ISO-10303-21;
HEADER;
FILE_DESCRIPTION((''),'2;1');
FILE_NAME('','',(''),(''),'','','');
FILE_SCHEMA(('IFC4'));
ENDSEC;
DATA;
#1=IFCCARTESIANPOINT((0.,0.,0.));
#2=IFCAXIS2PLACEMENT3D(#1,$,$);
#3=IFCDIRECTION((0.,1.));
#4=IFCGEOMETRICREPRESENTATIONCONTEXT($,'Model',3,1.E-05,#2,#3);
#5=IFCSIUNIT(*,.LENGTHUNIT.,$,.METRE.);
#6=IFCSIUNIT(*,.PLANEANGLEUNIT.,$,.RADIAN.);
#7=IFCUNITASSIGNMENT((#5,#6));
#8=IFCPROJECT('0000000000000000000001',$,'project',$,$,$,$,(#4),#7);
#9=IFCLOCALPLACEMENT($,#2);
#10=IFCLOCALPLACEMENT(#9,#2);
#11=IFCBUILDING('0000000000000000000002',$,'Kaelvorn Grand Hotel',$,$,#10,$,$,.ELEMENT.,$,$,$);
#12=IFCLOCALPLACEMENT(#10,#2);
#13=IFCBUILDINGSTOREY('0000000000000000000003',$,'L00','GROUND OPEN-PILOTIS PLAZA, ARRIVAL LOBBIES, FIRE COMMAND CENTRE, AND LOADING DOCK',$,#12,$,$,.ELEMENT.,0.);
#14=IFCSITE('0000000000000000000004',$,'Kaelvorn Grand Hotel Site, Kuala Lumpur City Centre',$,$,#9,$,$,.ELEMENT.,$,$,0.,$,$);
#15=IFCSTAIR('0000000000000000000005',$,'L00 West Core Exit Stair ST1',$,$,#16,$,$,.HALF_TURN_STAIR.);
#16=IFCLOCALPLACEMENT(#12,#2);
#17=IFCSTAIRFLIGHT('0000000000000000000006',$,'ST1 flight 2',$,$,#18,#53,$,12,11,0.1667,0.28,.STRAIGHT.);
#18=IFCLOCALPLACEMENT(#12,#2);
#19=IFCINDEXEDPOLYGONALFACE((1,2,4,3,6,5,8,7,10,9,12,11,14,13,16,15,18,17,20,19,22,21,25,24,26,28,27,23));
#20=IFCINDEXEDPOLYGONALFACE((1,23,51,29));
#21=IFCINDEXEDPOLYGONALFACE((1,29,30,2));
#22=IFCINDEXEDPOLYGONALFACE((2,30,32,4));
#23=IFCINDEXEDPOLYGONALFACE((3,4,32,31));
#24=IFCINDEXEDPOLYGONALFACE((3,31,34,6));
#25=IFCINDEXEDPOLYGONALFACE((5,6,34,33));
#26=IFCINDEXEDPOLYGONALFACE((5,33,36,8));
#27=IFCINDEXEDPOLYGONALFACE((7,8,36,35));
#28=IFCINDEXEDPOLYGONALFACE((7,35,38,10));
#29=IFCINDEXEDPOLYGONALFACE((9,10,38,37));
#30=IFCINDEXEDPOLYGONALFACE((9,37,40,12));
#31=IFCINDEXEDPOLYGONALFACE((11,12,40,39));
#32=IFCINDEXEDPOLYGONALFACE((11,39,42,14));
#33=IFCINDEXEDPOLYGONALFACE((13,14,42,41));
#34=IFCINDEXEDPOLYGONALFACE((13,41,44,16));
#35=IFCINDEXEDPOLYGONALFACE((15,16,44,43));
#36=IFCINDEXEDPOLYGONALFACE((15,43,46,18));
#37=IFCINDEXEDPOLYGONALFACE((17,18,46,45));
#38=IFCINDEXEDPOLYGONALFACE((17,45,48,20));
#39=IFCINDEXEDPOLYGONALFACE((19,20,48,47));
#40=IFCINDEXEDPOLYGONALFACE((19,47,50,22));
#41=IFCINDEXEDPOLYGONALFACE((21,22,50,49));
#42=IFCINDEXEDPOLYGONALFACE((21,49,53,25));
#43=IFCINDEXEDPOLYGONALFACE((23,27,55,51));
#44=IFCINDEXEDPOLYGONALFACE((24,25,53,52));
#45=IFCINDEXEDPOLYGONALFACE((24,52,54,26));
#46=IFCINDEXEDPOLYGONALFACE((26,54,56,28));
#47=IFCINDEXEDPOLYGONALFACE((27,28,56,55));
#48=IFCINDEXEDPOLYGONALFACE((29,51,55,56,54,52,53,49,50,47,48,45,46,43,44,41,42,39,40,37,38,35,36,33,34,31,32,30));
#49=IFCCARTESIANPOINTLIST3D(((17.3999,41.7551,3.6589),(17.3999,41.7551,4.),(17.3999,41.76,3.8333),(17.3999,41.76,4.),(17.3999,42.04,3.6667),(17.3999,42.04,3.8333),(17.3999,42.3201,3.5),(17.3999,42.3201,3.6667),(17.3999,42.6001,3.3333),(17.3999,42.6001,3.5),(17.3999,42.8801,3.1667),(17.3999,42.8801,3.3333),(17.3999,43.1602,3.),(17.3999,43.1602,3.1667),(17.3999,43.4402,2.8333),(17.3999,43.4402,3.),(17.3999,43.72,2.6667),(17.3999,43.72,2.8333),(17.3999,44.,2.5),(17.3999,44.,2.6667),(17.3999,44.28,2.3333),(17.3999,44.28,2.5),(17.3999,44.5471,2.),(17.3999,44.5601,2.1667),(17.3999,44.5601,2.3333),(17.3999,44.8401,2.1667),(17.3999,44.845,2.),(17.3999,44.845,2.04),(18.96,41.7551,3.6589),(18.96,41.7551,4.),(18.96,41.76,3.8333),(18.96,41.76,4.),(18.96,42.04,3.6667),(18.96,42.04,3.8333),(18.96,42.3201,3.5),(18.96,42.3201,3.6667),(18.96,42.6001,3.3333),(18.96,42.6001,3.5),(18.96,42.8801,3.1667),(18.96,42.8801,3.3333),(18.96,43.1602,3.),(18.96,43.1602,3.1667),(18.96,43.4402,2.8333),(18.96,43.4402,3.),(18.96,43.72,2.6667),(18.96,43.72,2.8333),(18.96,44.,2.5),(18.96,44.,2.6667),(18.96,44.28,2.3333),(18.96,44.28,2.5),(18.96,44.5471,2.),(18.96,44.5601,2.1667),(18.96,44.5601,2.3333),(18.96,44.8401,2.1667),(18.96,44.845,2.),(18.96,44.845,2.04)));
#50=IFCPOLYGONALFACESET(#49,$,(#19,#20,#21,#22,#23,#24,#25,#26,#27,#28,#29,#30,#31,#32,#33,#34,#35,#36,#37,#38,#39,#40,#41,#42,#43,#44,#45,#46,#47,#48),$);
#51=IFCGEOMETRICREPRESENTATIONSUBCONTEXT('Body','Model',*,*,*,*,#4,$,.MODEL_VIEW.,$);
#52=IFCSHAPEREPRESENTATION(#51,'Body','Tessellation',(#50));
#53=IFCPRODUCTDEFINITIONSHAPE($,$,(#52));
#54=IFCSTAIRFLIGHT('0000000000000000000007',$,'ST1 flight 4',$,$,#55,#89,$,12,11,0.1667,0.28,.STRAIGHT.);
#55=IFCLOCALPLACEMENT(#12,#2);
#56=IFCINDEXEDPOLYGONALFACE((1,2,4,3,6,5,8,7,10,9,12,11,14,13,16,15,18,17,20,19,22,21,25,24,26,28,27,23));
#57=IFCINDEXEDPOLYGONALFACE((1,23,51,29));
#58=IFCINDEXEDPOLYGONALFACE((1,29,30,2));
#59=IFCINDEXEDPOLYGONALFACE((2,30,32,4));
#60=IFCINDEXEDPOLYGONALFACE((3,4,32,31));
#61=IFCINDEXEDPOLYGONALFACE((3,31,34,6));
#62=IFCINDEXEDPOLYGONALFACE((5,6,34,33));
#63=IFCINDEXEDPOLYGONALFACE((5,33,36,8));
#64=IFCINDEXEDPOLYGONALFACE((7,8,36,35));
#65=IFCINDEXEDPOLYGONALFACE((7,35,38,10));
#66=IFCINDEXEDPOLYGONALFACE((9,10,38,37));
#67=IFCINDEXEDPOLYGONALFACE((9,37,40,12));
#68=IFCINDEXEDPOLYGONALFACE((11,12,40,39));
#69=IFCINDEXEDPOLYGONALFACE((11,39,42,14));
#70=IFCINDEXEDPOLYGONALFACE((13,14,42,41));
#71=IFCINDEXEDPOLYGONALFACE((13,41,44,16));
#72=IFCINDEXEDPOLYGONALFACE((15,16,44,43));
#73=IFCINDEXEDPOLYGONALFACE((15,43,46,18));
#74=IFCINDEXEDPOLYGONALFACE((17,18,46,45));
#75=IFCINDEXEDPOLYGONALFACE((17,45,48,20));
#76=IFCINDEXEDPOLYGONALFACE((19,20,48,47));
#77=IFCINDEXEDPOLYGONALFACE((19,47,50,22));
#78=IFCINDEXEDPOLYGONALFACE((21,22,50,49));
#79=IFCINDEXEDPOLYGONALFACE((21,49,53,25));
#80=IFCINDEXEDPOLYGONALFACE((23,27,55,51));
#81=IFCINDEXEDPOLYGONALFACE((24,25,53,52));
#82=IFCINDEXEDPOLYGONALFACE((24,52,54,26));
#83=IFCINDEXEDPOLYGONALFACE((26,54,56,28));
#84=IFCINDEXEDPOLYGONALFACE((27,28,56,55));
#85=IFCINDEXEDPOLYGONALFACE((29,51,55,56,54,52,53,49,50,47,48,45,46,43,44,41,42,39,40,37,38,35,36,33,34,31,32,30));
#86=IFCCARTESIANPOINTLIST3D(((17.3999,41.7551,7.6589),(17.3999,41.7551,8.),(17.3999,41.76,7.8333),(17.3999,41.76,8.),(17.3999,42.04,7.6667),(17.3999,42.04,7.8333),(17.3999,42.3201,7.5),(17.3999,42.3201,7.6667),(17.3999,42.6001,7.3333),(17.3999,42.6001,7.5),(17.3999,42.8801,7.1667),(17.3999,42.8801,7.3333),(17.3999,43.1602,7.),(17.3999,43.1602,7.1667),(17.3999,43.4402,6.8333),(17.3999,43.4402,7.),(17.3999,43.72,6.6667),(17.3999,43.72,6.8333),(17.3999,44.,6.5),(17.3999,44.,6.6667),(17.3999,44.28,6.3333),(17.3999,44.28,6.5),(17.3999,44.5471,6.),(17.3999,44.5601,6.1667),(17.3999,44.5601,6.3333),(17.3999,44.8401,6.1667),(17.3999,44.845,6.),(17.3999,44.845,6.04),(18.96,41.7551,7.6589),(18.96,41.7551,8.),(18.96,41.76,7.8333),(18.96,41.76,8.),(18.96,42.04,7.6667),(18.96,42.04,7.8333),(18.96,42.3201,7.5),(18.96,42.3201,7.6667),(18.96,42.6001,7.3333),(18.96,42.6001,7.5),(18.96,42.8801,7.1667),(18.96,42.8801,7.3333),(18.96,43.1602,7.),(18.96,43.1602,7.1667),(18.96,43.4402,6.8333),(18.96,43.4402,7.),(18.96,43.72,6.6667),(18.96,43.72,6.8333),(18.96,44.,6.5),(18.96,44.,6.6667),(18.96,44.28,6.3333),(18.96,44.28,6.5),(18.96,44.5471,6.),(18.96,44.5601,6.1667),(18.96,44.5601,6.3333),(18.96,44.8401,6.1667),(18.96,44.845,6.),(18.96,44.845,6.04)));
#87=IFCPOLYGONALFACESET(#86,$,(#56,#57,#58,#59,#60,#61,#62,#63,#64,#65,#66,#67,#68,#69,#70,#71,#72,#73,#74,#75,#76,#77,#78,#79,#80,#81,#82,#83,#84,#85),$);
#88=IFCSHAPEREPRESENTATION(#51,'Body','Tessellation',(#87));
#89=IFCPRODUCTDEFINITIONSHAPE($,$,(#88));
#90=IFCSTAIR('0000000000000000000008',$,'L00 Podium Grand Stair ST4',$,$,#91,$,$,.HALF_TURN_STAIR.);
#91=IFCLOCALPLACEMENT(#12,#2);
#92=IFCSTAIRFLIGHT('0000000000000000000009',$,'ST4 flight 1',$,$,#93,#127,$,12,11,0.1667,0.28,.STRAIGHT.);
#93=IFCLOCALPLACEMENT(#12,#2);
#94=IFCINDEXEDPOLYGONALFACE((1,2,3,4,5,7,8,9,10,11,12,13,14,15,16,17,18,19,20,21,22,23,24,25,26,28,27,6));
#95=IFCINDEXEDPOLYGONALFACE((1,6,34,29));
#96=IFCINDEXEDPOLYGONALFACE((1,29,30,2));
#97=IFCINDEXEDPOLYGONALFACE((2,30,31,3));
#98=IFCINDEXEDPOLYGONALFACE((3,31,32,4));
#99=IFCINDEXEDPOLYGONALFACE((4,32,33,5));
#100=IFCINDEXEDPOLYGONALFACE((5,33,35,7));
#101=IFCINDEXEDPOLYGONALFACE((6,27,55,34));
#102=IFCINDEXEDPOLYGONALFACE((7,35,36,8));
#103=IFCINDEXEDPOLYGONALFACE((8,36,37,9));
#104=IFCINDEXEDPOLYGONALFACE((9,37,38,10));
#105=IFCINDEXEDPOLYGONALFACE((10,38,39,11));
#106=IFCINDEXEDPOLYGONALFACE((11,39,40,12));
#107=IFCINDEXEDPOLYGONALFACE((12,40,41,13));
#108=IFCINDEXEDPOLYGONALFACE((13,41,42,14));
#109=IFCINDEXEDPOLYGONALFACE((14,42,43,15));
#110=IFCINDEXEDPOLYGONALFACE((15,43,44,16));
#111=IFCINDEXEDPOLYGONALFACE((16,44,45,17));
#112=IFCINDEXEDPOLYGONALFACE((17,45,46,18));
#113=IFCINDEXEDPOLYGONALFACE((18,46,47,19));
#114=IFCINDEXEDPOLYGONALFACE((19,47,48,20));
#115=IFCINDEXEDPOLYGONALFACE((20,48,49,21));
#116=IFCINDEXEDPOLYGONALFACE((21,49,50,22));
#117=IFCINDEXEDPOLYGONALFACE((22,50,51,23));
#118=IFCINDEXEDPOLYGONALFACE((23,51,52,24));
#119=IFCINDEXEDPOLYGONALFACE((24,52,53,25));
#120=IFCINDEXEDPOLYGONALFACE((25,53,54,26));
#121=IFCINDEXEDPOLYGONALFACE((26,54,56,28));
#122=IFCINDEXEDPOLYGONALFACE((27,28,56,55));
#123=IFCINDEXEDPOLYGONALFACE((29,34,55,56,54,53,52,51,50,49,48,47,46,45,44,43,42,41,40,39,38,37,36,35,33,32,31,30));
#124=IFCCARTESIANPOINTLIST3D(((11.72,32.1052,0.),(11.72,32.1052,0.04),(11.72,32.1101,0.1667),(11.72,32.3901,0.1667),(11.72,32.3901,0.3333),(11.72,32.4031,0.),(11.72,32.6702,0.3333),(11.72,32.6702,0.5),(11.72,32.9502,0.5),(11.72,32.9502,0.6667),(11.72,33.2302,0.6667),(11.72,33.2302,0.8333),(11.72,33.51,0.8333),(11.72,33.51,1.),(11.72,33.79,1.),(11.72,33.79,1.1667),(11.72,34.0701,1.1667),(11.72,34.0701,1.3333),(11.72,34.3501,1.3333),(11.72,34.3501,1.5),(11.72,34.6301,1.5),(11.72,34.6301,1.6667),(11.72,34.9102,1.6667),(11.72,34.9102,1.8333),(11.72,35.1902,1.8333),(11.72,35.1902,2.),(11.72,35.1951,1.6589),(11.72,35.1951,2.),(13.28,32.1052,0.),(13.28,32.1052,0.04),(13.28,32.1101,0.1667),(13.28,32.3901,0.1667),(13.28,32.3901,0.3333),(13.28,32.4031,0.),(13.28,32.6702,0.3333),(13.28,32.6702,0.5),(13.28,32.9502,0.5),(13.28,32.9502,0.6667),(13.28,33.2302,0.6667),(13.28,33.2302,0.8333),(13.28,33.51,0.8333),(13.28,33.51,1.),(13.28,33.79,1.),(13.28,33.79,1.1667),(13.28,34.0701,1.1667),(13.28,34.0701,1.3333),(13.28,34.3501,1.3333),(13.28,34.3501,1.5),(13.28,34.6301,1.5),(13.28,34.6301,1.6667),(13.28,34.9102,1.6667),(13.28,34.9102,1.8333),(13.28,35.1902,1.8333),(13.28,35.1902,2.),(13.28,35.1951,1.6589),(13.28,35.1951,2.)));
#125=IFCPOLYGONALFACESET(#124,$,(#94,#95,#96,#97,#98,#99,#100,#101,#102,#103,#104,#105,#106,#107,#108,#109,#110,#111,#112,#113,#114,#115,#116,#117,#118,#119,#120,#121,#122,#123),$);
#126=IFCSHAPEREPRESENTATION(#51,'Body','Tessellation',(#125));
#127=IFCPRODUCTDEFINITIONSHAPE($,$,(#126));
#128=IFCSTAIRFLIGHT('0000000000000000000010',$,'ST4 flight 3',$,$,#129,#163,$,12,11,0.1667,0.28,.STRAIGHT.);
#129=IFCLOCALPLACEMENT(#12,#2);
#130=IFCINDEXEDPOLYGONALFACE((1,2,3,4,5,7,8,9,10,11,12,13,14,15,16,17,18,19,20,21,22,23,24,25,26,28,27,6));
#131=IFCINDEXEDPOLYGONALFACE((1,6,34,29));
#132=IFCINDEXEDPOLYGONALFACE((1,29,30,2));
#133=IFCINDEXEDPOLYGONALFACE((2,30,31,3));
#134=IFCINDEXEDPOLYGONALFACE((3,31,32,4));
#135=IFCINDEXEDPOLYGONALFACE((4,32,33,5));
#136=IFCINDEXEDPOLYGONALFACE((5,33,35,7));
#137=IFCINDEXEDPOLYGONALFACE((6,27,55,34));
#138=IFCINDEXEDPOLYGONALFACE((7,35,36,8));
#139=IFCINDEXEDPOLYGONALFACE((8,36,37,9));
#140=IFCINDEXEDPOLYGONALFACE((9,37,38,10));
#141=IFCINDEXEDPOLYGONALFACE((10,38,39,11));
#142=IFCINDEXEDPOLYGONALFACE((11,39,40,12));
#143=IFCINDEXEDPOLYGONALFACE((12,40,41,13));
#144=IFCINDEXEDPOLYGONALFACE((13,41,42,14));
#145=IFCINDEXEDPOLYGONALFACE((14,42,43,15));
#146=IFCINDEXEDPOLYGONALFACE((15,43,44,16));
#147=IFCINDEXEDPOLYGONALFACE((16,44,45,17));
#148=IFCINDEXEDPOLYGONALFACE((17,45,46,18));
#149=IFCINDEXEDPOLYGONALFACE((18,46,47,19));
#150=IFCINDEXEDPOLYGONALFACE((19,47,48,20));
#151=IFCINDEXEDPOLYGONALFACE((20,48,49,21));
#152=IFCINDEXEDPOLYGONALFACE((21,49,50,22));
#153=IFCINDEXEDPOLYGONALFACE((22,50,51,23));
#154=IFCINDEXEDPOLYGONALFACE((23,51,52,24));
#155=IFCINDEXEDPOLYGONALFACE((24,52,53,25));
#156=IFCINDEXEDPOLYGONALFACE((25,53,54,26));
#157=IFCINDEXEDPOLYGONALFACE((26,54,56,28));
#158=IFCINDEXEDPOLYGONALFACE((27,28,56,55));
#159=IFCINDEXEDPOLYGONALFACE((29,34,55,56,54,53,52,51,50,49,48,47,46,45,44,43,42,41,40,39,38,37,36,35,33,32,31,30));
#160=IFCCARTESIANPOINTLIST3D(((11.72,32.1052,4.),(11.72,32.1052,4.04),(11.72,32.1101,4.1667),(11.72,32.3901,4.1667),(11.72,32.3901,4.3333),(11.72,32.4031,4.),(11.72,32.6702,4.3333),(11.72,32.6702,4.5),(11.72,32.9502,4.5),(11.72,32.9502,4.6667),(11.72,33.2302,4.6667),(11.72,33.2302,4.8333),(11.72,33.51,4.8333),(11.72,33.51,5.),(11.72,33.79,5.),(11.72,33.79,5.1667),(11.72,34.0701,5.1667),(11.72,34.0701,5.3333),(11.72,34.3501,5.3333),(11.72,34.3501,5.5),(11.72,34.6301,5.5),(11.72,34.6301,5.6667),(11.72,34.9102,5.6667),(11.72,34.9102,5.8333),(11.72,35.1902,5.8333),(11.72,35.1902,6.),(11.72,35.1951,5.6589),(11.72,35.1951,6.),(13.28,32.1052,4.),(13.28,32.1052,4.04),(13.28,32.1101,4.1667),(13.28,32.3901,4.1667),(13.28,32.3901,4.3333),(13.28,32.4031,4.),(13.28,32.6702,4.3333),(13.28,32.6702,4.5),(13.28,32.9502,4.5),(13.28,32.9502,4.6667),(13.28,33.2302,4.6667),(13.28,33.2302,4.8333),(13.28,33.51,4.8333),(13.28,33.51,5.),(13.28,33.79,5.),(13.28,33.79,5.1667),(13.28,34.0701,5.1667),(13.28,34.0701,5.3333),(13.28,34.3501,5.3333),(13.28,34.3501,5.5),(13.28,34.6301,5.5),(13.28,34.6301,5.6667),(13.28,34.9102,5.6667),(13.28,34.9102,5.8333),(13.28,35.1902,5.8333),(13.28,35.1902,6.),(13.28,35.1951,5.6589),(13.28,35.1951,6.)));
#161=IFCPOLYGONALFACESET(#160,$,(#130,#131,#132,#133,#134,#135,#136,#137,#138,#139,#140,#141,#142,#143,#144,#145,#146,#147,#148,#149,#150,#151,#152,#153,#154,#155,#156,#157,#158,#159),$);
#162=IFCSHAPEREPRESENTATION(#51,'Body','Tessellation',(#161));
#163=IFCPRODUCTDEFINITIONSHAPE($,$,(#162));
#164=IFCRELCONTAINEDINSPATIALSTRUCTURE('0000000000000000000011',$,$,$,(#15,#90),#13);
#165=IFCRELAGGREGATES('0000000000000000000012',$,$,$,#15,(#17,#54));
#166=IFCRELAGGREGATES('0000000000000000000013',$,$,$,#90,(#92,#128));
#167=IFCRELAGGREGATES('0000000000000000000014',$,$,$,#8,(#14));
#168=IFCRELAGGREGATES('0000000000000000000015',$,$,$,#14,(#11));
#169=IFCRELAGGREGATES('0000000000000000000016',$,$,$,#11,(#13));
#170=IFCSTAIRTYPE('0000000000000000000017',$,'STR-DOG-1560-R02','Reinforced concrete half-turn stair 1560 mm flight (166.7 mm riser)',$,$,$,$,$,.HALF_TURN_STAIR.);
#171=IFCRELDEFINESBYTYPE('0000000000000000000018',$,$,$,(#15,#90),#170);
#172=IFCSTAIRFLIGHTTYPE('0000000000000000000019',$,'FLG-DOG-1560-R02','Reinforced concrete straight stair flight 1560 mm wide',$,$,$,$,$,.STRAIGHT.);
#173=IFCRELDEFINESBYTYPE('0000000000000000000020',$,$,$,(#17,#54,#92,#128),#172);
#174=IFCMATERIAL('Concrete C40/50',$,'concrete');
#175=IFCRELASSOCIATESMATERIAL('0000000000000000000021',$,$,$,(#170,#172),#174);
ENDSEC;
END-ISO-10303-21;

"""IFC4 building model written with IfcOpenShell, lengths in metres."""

from ifc_helpers import new_model, si_unit, direction, frame, origin, place, context, subcontext, project, spatial, polyline, outline, extrude, material, type_object, element, aggregate, save


model = new_model("IFC4")

# Units and contexts
model_context = context("Model", 3, precision=1e-05, world=origin(), true_north=direction((0.0, 1.0)))
body_context = subcontext(model_context, "Body", "Model", "MODEL_VIEW")
ifc_project = project(units=[si_unit("LENGTHUNIT", "METRE"), si_unit("PLANEANGLEUNIT", "RADIAN")], contexts=[model_context])

# Site, building, storey
site_placement = place(None, origin())
site = spatial("IfcSite", under=ifc_project, at=site_placement, Name="Kaelvorn Grand Hotel Site, Kuala Lumpur City Centre", CompositionType="ELEMENT", RefElevation=0.0)
building_placement = place(site_placement, origin())
building = spatial("IfcBuilding", under=site, at=building_placement, Name="Kaelvorn Grand Hotel", CompositionType="ELEMENT")
storey_placement = place(building_placement, origin())
storey = spatial("IfcBuildingStorey", under=building, at=storey_placement, Name="L00", Description="GROUND OPEN-PILOTIS PLAZA, ARRIVAL LOBBIES, FIRE COMMAND CENTRE, AND LOADING DOCK", CompositionType="ELEMENT", Elevation=0.0)

# Shared definitions
ifc_material_1 = material(Name="Concrete C40/50", Category="concrete")

# Stairs, stair flights
stair_type = type_object("IfcStairType", Name="STR-DOG-1560-R02", Description="Reinforced concrete half-turn stair 1560 mm flight (166.7 mm riser)", PredefinedType="HALF_TURN_STAIR", material=ifc_material_1)
stair_1_placement = place(storey_placement, origin())
stair_1 = element("IfcStair", 1, at=stair_1_placement, inside=storey, type_object=stair_type, Name="L00 West Core Exit Stair ST1", PredefinedType="HALF_TURN_STAIR")
stair_flight_type = type_object("IfcStairFlightType", Name="FLG-DOG-1560-R02", Description="Reinforced concrete straight stair flight 1560 mm wide", PredefinedType="STRAIGHT", material=ifc_material_1)
stair_flight_1_placement = place(storey_placement, frame((18.1799, 44.8401, 2.0), z_axis=(0.0, 0.0, 1.0), x_axis=(0.0, -1.0, 0.0)))
stair_flight_1 = element("IfcStairFlight", 2, at=stair_flight_1_placement, type_object=stair_flight_type, Name="ST1 flight 2", NumberOfRisers=12, NumberOfTreads=11, PredefinedType="STRAIGHT", RiserHeight=0.1667, TreadLength=0.28, context=body_context, shape_type="SweptSolid", body=[
    extrude(outline(polyline([(-0.0049, 0.0), (-0.0049, 0.04), (0.0, 0.1667), (0.28, 0.1667), (0.28, 0.3333), (0.5601, 0.3333), (0.5601, 0.5), (0.8401, 0.5), (0.8401, 0.6667), (1.1201, 0.6667), (1.1201, 0.8333), (1.3999, 0.8333), (1.3999, 1.0), (1.6799, 1.0), (1.6799, 1.1667), (1.96, 1.1667), (1.96, 1.3333), (2.24, 1.3333), (2.24, 1.5), (2.52, 1.5), (2.52, 1.6667), (2.8, 1.6667), (2.8, 1.8333), (3.0801, 1.8333), (3.0801, 2.0), (3.085, 2.0), (3.085, 1.6589), (0.293, 0.0), (-0.0049, 0.0)])), frame((0.0, 0.78, 0.0), z_axis=(0.0, -1.0, 0.0), x_axis=(1.0, 0.0, 0.0)), (0.0, 0.0, 1.0), 1.5601),
])
stair_flight_2_placement = place(storey_placement, frame((18.1799, 44.8401, 6.0), z_axis=(0.0, 0.0, 1.0), x_axis=(0.0, -1.0, 0.0)))
stair_flight_2 = element("IfcStairFlight", 3, at=stair_flight_2_placement, type_object=stair_flight_type, Name="ST1 flight 4", NumberOfRisers=12, NumberOfTreads=11, PredefinedType="STRAIGHT", RiserHeight=0.1667, TreadLength=0.28, context=body_context, shape_type="SweptSolid", body=[
    extrude(outline(polyline([(-0.0049, 0.0), (-0.0049, 0.04), (0.0, 0.1667), (0.28, 0.1667), (0.28, 0.3333), (0.5601, 0.3333), (0.5601, 0.5), (0.8401, 0.5), (0.8401, 0.6667), (1.1201, 0.6667), (1.1201, 0.8333), (1.3999, 0.8333), (1.3999, 1.0), (1.6799, 1.0), (1.6799, 1.1667), (1.96, 1.1667), (1.96, 1.3333), (2.24, 1.3333), (2.24, 1.5), (2.52, 1.5), (2.52, 1.6667), (2.8, 1.6667), (2.8, 1.8333), (3.0801, 1.8333), (3.0801, 2.0), (3.085, 2.0), (3.085, 1.6589), (0.293, 0.0), (-0.0049, 0.0)])), frame((0.0, 0.78, 0.0), z_axis=(0.0, -1.0, 0.0), x_axis=(1.0, 0.0, 0.0)), (0.0, 0.0, 1.0), 1.5601),
])
aggregate(stair_1, [stair_flight_1, stair_flight_2])
stair_2_placement = place(storey_placement, origin())
stair_2 = element("IfcStair", 4, at=stair_2_placement, inside=storey, type_object=stair_type, Name="L00 Podium Grand Stair ST4", PredefinedType="HALF_TURN_STAIR")
stair_flight_3_placement = place(storey_placement, frame((12.5, 32.1101, 0.0), z_axis=(0.0, 0.0, 1.0), x_axis=(0.0, 1.0, 0.0)))
stair_flight_3 = element("IfcStairFlight", 5, at=stair_flight_3_placement, type_object=stair_flight_type, Name="ST4 flight 1", NumberOfRisers=12, NumberOfTreads=11, PredefinedType="STRAIGHT", RiserHeight=0.1667, TreadLength=0.28, context=body_context, shape_type="SweptSolid", body=[
    extrude(outline(polyline([(-0.0049, 0.0), (-0.0049, 0.04), (0.0, 0.1667), (0.28, 0.1667), (0.28, 0.3333), (0.5601, 0.3333), (0.5601, 0.5), (0.8401, 0.5), (0.8401, 0.6667), (1.1201, 0.6667), (1.1201, 0.8333), (1.3999, 0.8333), (1.3999, 1.0), (1.6799, 1.0), (1.6799, 1.1667), (1.96, 1.1667), (1.96, 1.3333), (2.24, 1.3333), (2.24, 1.5), (2.52, 1.5), (2.52, 1.6667), (2.8, 1.6667), (2.8, 1.8333), (3.0801, 1.8333), (3.0801, 2.0), (3.085, 2.0), (3.085, 1.6589), (0.293, 0.0), (-0.0049, 0.0)])), frame((0.0, 0.78, 0.0), z_axis=(0.0, -1.0, 0.0), x_axis=(1.0, 0.0, 0.0)), (0.0, 0.0, 1.0), 1.5601),
])
stair_flight_4_placement = place(storey_placement, frame((12.5, 32.1101, 4.0), z_axis=(0.0, 0.0, 1.0), x_axis=(0.0, 1.0, 0.0)))
stair_flight_4 = element("IfcStairFlight", 6, at=stair_flight_4_placement, type_object=stair_flight_type, Name="ST4 flight 3", NumberOfRisers=12, NumberOfTreads=11, PredefinedType="STRAIGHT", RiserHeight=0.1667, TreadLength=0.28, context=body_context, shape_type="SweptSolid", body=[
    extrude(outline(polyline([(-0.0049, 0.0), (-0.0049, 0.04), (0.0, 0.1667), (0.28, 0.1667), (0.28, 0.3333), (0.5601, 0.3333), (0.5601, 0.5), (0.8401, 0.5), (0.8401, 0.6667), (1.1201, 0.6667), (1.1201, 0.8333), (1.3999, 0.8333), (1.3999, 1.0), (1.6799, 1.0), (1.6799, 1.1667), (1.96, 1.1667), (1.96, 1.3333), (2.24, 1.3333), (2.24, 1.5), (2.52, 1.5), (2.52, 1.6667), (2.8, 1.6667), (2.8, 1.8333), (3.0801, 1.8333), (3.0801, 2.0), (3.085, 2.0), (3.085, 1.6589), (0.293, 0.0), (-0.0049, 0.0)])), frame((0.0, 0.78, 0.0), z_axis=(0.0, -1.0, 0.0), x_axis=(1.0, 0.0, 0.0)), (0.0, 0.0, 1.0), 1.5601),
])
aggregate(stair_2, [stair_flight_3, stair_flight_4])

save(model, "model.ifc")
